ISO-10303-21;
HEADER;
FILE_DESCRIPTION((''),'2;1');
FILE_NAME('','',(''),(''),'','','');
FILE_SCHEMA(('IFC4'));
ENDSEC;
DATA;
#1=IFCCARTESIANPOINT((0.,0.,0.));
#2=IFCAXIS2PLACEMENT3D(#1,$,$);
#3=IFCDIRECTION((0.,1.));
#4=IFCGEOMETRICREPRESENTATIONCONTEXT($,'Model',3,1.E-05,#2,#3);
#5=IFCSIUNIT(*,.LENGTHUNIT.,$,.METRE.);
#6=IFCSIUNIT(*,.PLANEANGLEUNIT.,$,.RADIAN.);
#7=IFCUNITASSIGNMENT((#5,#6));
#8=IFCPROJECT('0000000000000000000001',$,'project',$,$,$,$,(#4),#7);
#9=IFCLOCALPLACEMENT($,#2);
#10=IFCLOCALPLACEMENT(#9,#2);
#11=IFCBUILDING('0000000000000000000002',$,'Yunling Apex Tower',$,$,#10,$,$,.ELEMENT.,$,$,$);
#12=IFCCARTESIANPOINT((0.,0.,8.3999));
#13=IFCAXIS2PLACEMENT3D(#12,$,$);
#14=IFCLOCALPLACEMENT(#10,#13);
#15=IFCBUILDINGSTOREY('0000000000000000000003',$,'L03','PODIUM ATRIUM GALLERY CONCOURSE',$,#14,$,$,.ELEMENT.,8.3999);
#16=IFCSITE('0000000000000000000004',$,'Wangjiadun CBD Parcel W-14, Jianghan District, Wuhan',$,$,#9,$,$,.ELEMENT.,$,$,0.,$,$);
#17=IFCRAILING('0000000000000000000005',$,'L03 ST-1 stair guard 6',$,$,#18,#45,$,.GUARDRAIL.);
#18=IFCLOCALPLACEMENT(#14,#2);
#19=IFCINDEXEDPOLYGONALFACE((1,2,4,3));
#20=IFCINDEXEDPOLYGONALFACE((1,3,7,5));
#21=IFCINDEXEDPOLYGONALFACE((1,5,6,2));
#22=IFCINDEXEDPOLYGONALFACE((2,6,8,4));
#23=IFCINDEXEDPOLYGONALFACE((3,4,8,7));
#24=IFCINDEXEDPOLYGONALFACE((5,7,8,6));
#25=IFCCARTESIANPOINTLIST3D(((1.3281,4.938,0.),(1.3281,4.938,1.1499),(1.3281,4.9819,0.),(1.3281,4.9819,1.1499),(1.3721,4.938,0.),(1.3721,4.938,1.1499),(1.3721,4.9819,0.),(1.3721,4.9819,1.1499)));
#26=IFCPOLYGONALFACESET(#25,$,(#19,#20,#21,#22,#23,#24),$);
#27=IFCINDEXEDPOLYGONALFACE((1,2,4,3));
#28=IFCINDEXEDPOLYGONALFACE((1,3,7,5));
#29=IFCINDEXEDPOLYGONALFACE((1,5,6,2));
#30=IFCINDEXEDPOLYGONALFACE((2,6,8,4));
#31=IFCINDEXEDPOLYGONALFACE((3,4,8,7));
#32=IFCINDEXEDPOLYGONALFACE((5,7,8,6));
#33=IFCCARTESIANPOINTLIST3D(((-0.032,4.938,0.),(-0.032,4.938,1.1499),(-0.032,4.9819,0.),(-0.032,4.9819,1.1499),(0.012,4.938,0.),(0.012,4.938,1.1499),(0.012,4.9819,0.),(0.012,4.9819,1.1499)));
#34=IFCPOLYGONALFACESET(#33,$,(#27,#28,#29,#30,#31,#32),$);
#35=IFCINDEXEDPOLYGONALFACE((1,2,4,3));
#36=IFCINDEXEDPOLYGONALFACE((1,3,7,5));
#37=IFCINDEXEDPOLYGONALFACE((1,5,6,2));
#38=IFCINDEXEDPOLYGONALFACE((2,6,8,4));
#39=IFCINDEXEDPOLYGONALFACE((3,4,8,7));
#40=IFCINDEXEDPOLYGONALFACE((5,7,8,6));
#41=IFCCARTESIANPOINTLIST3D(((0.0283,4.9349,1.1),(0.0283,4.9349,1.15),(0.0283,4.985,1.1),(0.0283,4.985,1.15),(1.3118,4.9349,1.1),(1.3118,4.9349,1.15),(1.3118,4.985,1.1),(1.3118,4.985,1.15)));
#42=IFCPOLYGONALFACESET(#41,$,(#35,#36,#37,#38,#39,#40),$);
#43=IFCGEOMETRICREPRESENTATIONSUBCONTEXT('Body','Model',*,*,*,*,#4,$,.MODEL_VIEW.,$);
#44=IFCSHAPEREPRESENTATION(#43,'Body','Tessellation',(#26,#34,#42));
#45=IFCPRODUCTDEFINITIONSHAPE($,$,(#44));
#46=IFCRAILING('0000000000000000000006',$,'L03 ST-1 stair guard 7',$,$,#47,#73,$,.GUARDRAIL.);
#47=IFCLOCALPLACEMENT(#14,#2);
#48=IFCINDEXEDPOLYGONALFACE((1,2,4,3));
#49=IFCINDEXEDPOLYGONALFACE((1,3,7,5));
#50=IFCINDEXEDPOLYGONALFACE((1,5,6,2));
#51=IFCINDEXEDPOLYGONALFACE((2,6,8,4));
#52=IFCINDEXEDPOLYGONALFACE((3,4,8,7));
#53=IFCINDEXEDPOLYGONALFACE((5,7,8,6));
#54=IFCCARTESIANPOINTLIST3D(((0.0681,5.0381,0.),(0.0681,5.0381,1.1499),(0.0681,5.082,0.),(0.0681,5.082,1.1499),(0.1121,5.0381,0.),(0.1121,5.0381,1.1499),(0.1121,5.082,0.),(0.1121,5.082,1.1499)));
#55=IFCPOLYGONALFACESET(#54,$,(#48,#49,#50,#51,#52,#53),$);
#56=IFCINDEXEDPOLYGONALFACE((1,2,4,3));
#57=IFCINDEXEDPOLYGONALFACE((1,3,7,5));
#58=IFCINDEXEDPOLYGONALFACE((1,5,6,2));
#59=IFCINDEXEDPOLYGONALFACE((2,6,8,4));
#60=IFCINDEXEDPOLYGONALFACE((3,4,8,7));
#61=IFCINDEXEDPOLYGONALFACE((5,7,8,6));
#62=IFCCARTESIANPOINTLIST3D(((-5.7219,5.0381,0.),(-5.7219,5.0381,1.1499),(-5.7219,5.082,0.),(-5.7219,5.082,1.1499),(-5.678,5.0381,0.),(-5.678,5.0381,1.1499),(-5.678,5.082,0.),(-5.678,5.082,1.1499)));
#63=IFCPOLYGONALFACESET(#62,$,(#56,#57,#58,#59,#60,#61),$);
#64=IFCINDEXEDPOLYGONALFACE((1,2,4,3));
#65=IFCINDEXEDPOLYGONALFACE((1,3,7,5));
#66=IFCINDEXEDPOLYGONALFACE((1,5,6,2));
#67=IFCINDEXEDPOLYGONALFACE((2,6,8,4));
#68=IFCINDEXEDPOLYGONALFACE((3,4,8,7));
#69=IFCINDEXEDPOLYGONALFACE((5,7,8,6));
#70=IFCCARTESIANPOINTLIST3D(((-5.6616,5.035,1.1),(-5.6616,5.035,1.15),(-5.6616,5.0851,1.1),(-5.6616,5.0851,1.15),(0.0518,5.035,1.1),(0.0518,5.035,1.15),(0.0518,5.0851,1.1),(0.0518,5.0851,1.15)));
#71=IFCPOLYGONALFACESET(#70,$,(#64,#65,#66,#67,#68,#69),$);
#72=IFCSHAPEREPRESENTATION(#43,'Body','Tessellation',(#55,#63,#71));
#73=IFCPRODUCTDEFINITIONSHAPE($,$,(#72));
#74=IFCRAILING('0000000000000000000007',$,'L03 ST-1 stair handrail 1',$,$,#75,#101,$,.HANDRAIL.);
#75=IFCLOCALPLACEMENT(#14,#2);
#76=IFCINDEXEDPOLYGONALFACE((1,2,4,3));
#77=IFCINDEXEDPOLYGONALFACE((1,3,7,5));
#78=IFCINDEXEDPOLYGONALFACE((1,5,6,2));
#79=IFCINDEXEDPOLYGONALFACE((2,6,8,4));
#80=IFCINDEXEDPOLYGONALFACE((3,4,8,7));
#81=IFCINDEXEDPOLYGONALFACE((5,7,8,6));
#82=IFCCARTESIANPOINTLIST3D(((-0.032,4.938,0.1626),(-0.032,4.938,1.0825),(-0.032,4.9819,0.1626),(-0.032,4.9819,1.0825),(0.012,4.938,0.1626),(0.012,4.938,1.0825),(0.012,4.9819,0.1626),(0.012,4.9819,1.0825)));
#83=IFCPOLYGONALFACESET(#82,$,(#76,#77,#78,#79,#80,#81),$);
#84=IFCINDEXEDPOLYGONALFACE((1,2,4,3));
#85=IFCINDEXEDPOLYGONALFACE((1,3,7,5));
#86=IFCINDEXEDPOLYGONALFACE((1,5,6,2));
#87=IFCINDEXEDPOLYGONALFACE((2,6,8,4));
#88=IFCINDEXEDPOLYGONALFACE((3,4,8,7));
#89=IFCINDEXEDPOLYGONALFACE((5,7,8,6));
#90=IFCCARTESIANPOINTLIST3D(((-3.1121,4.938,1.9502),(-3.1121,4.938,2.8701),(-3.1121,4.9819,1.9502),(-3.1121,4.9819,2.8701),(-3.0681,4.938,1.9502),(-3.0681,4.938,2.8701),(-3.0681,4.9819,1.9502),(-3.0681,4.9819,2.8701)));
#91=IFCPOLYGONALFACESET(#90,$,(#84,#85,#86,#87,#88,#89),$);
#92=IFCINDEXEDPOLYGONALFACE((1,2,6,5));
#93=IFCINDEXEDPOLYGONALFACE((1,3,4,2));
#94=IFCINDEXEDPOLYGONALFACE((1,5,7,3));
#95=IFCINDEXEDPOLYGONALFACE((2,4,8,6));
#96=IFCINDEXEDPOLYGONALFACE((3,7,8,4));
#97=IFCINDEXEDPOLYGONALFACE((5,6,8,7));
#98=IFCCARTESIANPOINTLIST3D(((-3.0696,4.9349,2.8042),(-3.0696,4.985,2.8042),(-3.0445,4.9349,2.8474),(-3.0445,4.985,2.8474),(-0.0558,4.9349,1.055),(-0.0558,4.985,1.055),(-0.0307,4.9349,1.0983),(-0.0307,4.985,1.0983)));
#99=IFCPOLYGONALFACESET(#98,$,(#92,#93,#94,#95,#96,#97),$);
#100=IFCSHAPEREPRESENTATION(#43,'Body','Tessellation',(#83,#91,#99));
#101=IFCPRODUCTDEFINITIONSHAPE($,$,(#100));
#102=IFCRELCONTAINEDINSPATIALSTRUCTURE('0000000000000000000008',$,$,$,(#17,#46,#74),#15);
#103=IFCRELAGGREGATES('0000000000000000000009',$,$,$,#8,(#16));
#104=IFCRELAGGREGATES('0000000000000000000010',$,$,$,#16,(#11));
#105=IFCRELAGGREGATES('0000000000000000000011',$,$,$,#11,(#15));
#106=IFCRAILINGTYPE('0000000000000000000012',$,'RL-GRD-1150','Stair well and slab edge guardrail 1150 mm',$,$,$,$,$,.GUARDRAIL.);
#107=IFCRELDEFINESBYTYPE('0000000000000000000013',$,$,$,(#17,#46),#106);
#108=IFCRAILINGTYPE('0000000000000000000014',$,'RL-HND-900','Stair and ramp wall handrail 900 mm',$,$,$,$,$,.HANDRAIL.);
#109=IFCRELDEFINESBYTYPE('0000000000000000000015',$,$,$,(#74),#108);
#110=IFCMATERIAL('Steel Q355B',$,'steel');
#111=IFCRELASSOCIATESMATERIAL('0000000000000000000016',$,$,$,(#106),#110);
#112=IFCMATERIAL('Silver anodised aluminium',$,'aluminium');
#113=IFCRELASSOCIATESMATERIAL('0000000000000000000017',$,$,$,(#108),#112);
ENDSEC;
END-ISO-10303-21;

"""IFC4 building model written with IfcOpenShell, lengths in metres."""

from ifc_helpers import new_model, si_unit, direction, frame, origin, origin_2d, place, context, subcontext, project, spatial, rectangle, extrude, material, type_object, element, save


model = new_model("IFC4")

# Units and contexts
model_context = context("Model", 3, precision=1e-05, world=origin(), true_north=direction((0.0, 1.0)))
body_context = subcontext(model_context, "Body", "Model", "MODEL_VIEW")
ifc_project = project(units=[si_unit("LENGTHUNIT", "METRE"), si_unit("PLANEANGLEUNIT", "RADIAN")], contexts=[model_context])

# Site, building, storey
site_placement = place(None, origin())
site = spatial("IfcSite", under=ifc_project, at=site_placement, Name="Wangjiadun CBD Parcel W-14, Jianghan District, Wuhan", CompositionType="ELEMENT", RefElevation=0.0)
building_placement = place(site_placement, origin())
building = spatial("IfcBuilding", under=site, at=building_placement, Name="Yunling Apex Tower", CompositionType="ELEMENT")
storey_placement = place(building_placement, frame((0.0, 0.0, 8.3999)))
storey = spatial("IfcBuildingStorey", under=building, at=storey_placement, Name="L03", Description="PODIUM ATRIUM GALLERY CONCOURSE", CompositionType="ELEMENT", Elevation=8.3999)

# Shared definitions
ifc_material_1 = material(Name="Steel Q355B", Category="steel")

# Railings
railing_type_1 = type_object("IfcRailingType", Name="RL-GRD-1150", Description="Stair well and slab edge guardrail 1150 mm", PredefinedType="GUARDRAIL", material=ifc_material_1)
railing_1_placement = place(storey_placement, frame((1.3501, 4.96, 0.0)))
element("IfcRailing", 1, at=railing_1_placement, inside=storey, type_object=railing_type_1, Name="L03 ST-1 stair guard 6", PredefinedType="GUARDRAIL", context=body_context, shape_type="SweptSolid", body=[
    extrude(rectangle(XDim=0.0439, YDim=0.0439, at=origin_2d()), origin(), (0.0, 0.0, 1.0), 1.1499),
    extrude(rectangle(XDim=0.0439, YDim=0.0439, at=origin_2d()), frame((-1.3601, 0.0, 0.0)), (0.0, 0.0, 1.0), 1.1499),
    extrude(rectangle(XDim=0.05, YDim=0.05, at=origin_2d()), frame((-0.0383, 0.0, 1.125), z_axis=(-1.0, 0.0, 0.0), x_axis=(0.0, -1.0, 0.0)), (0.0, 0.0, 1.0), 1.2834),
])
railing_2_placement = place(storey_placement, frame((0.0901, 5.0601, 0.0)))
element("IfcRailing", 2, at=railing_2_placement, inside=storey, type_object=railing_type_1, Name="L03 ST-1 stair guard 7", PredefinedType="GUARDRAIL", context=body_context, shape_type="SweptSolid", body=[
    extrude(rectangle(XDim=0.0439, YDim=0.0439, at=origin_2d()), origin(), (0.0, 0.0, 1.0), 1.1499),
    extrude(rectangle(XDim=0.0439, YDim=0.0439, at=origin_2d()), frame((-5.79, 0.0, 0.0)), (0.0, 0.0, 1.0), 1.1499),
    extrude(rectangle(XDim=0.05, YDim=0.05, at=origin_2d()), frame((-0.0383, 0.0, 1.125), z_axis=(-1.0, 0.0, 0.0), x_axis=(0.0, -1.0, 0.0)), (0.0, 0.0, 1.0), 5.7134),
])
ifc_material_2 = material(Name="Silver anodised aluminium", Category="aluminium")
railing_type_2 = type_object("IfcRailingType", Name="RL-HND-900", Description="Stair and ramp wall handrail 900 mm", PredefinedType="HANDRAIL", material=ifc_material_2)
railing_3_placement = place(storey_placement, frame((-0.01, 4.96, 0.1626)))
element("IfcRailing", 3, at=railing_3_placement, inside=storey, type_object=railing_type_2, Name="L03 ST-1 stair handrail 1", PredefinedType="HANDRAIL", context=body_context, shape_type="SweptSolid", body=[
    extrude(rectangle(XDim=0.0439, YDim=0.0439, at=origin_2d()), origin(), (0.0, 0.0, 1.0), 0.9199),
    extrude(rectangle(XDim=0.0439, YDim=0.0439, at=origin_2d()), frame((-3.0801, 0.0, 1.7876)), (0.0, 0.0, 1.0), 0.9199),
    extrude(rectangle(XDim=0.05, YDim=0.05, at=origin_2d()), frame((-0.0332, 0.0, 0.9141), z_axis=(-0.864891, 0.0, 0.50196), x_axis=(0.0, -1.0, 0.0)), (0.0, 0.0, 1.0), 3.4846),
])

save(model, "model.ifc")
